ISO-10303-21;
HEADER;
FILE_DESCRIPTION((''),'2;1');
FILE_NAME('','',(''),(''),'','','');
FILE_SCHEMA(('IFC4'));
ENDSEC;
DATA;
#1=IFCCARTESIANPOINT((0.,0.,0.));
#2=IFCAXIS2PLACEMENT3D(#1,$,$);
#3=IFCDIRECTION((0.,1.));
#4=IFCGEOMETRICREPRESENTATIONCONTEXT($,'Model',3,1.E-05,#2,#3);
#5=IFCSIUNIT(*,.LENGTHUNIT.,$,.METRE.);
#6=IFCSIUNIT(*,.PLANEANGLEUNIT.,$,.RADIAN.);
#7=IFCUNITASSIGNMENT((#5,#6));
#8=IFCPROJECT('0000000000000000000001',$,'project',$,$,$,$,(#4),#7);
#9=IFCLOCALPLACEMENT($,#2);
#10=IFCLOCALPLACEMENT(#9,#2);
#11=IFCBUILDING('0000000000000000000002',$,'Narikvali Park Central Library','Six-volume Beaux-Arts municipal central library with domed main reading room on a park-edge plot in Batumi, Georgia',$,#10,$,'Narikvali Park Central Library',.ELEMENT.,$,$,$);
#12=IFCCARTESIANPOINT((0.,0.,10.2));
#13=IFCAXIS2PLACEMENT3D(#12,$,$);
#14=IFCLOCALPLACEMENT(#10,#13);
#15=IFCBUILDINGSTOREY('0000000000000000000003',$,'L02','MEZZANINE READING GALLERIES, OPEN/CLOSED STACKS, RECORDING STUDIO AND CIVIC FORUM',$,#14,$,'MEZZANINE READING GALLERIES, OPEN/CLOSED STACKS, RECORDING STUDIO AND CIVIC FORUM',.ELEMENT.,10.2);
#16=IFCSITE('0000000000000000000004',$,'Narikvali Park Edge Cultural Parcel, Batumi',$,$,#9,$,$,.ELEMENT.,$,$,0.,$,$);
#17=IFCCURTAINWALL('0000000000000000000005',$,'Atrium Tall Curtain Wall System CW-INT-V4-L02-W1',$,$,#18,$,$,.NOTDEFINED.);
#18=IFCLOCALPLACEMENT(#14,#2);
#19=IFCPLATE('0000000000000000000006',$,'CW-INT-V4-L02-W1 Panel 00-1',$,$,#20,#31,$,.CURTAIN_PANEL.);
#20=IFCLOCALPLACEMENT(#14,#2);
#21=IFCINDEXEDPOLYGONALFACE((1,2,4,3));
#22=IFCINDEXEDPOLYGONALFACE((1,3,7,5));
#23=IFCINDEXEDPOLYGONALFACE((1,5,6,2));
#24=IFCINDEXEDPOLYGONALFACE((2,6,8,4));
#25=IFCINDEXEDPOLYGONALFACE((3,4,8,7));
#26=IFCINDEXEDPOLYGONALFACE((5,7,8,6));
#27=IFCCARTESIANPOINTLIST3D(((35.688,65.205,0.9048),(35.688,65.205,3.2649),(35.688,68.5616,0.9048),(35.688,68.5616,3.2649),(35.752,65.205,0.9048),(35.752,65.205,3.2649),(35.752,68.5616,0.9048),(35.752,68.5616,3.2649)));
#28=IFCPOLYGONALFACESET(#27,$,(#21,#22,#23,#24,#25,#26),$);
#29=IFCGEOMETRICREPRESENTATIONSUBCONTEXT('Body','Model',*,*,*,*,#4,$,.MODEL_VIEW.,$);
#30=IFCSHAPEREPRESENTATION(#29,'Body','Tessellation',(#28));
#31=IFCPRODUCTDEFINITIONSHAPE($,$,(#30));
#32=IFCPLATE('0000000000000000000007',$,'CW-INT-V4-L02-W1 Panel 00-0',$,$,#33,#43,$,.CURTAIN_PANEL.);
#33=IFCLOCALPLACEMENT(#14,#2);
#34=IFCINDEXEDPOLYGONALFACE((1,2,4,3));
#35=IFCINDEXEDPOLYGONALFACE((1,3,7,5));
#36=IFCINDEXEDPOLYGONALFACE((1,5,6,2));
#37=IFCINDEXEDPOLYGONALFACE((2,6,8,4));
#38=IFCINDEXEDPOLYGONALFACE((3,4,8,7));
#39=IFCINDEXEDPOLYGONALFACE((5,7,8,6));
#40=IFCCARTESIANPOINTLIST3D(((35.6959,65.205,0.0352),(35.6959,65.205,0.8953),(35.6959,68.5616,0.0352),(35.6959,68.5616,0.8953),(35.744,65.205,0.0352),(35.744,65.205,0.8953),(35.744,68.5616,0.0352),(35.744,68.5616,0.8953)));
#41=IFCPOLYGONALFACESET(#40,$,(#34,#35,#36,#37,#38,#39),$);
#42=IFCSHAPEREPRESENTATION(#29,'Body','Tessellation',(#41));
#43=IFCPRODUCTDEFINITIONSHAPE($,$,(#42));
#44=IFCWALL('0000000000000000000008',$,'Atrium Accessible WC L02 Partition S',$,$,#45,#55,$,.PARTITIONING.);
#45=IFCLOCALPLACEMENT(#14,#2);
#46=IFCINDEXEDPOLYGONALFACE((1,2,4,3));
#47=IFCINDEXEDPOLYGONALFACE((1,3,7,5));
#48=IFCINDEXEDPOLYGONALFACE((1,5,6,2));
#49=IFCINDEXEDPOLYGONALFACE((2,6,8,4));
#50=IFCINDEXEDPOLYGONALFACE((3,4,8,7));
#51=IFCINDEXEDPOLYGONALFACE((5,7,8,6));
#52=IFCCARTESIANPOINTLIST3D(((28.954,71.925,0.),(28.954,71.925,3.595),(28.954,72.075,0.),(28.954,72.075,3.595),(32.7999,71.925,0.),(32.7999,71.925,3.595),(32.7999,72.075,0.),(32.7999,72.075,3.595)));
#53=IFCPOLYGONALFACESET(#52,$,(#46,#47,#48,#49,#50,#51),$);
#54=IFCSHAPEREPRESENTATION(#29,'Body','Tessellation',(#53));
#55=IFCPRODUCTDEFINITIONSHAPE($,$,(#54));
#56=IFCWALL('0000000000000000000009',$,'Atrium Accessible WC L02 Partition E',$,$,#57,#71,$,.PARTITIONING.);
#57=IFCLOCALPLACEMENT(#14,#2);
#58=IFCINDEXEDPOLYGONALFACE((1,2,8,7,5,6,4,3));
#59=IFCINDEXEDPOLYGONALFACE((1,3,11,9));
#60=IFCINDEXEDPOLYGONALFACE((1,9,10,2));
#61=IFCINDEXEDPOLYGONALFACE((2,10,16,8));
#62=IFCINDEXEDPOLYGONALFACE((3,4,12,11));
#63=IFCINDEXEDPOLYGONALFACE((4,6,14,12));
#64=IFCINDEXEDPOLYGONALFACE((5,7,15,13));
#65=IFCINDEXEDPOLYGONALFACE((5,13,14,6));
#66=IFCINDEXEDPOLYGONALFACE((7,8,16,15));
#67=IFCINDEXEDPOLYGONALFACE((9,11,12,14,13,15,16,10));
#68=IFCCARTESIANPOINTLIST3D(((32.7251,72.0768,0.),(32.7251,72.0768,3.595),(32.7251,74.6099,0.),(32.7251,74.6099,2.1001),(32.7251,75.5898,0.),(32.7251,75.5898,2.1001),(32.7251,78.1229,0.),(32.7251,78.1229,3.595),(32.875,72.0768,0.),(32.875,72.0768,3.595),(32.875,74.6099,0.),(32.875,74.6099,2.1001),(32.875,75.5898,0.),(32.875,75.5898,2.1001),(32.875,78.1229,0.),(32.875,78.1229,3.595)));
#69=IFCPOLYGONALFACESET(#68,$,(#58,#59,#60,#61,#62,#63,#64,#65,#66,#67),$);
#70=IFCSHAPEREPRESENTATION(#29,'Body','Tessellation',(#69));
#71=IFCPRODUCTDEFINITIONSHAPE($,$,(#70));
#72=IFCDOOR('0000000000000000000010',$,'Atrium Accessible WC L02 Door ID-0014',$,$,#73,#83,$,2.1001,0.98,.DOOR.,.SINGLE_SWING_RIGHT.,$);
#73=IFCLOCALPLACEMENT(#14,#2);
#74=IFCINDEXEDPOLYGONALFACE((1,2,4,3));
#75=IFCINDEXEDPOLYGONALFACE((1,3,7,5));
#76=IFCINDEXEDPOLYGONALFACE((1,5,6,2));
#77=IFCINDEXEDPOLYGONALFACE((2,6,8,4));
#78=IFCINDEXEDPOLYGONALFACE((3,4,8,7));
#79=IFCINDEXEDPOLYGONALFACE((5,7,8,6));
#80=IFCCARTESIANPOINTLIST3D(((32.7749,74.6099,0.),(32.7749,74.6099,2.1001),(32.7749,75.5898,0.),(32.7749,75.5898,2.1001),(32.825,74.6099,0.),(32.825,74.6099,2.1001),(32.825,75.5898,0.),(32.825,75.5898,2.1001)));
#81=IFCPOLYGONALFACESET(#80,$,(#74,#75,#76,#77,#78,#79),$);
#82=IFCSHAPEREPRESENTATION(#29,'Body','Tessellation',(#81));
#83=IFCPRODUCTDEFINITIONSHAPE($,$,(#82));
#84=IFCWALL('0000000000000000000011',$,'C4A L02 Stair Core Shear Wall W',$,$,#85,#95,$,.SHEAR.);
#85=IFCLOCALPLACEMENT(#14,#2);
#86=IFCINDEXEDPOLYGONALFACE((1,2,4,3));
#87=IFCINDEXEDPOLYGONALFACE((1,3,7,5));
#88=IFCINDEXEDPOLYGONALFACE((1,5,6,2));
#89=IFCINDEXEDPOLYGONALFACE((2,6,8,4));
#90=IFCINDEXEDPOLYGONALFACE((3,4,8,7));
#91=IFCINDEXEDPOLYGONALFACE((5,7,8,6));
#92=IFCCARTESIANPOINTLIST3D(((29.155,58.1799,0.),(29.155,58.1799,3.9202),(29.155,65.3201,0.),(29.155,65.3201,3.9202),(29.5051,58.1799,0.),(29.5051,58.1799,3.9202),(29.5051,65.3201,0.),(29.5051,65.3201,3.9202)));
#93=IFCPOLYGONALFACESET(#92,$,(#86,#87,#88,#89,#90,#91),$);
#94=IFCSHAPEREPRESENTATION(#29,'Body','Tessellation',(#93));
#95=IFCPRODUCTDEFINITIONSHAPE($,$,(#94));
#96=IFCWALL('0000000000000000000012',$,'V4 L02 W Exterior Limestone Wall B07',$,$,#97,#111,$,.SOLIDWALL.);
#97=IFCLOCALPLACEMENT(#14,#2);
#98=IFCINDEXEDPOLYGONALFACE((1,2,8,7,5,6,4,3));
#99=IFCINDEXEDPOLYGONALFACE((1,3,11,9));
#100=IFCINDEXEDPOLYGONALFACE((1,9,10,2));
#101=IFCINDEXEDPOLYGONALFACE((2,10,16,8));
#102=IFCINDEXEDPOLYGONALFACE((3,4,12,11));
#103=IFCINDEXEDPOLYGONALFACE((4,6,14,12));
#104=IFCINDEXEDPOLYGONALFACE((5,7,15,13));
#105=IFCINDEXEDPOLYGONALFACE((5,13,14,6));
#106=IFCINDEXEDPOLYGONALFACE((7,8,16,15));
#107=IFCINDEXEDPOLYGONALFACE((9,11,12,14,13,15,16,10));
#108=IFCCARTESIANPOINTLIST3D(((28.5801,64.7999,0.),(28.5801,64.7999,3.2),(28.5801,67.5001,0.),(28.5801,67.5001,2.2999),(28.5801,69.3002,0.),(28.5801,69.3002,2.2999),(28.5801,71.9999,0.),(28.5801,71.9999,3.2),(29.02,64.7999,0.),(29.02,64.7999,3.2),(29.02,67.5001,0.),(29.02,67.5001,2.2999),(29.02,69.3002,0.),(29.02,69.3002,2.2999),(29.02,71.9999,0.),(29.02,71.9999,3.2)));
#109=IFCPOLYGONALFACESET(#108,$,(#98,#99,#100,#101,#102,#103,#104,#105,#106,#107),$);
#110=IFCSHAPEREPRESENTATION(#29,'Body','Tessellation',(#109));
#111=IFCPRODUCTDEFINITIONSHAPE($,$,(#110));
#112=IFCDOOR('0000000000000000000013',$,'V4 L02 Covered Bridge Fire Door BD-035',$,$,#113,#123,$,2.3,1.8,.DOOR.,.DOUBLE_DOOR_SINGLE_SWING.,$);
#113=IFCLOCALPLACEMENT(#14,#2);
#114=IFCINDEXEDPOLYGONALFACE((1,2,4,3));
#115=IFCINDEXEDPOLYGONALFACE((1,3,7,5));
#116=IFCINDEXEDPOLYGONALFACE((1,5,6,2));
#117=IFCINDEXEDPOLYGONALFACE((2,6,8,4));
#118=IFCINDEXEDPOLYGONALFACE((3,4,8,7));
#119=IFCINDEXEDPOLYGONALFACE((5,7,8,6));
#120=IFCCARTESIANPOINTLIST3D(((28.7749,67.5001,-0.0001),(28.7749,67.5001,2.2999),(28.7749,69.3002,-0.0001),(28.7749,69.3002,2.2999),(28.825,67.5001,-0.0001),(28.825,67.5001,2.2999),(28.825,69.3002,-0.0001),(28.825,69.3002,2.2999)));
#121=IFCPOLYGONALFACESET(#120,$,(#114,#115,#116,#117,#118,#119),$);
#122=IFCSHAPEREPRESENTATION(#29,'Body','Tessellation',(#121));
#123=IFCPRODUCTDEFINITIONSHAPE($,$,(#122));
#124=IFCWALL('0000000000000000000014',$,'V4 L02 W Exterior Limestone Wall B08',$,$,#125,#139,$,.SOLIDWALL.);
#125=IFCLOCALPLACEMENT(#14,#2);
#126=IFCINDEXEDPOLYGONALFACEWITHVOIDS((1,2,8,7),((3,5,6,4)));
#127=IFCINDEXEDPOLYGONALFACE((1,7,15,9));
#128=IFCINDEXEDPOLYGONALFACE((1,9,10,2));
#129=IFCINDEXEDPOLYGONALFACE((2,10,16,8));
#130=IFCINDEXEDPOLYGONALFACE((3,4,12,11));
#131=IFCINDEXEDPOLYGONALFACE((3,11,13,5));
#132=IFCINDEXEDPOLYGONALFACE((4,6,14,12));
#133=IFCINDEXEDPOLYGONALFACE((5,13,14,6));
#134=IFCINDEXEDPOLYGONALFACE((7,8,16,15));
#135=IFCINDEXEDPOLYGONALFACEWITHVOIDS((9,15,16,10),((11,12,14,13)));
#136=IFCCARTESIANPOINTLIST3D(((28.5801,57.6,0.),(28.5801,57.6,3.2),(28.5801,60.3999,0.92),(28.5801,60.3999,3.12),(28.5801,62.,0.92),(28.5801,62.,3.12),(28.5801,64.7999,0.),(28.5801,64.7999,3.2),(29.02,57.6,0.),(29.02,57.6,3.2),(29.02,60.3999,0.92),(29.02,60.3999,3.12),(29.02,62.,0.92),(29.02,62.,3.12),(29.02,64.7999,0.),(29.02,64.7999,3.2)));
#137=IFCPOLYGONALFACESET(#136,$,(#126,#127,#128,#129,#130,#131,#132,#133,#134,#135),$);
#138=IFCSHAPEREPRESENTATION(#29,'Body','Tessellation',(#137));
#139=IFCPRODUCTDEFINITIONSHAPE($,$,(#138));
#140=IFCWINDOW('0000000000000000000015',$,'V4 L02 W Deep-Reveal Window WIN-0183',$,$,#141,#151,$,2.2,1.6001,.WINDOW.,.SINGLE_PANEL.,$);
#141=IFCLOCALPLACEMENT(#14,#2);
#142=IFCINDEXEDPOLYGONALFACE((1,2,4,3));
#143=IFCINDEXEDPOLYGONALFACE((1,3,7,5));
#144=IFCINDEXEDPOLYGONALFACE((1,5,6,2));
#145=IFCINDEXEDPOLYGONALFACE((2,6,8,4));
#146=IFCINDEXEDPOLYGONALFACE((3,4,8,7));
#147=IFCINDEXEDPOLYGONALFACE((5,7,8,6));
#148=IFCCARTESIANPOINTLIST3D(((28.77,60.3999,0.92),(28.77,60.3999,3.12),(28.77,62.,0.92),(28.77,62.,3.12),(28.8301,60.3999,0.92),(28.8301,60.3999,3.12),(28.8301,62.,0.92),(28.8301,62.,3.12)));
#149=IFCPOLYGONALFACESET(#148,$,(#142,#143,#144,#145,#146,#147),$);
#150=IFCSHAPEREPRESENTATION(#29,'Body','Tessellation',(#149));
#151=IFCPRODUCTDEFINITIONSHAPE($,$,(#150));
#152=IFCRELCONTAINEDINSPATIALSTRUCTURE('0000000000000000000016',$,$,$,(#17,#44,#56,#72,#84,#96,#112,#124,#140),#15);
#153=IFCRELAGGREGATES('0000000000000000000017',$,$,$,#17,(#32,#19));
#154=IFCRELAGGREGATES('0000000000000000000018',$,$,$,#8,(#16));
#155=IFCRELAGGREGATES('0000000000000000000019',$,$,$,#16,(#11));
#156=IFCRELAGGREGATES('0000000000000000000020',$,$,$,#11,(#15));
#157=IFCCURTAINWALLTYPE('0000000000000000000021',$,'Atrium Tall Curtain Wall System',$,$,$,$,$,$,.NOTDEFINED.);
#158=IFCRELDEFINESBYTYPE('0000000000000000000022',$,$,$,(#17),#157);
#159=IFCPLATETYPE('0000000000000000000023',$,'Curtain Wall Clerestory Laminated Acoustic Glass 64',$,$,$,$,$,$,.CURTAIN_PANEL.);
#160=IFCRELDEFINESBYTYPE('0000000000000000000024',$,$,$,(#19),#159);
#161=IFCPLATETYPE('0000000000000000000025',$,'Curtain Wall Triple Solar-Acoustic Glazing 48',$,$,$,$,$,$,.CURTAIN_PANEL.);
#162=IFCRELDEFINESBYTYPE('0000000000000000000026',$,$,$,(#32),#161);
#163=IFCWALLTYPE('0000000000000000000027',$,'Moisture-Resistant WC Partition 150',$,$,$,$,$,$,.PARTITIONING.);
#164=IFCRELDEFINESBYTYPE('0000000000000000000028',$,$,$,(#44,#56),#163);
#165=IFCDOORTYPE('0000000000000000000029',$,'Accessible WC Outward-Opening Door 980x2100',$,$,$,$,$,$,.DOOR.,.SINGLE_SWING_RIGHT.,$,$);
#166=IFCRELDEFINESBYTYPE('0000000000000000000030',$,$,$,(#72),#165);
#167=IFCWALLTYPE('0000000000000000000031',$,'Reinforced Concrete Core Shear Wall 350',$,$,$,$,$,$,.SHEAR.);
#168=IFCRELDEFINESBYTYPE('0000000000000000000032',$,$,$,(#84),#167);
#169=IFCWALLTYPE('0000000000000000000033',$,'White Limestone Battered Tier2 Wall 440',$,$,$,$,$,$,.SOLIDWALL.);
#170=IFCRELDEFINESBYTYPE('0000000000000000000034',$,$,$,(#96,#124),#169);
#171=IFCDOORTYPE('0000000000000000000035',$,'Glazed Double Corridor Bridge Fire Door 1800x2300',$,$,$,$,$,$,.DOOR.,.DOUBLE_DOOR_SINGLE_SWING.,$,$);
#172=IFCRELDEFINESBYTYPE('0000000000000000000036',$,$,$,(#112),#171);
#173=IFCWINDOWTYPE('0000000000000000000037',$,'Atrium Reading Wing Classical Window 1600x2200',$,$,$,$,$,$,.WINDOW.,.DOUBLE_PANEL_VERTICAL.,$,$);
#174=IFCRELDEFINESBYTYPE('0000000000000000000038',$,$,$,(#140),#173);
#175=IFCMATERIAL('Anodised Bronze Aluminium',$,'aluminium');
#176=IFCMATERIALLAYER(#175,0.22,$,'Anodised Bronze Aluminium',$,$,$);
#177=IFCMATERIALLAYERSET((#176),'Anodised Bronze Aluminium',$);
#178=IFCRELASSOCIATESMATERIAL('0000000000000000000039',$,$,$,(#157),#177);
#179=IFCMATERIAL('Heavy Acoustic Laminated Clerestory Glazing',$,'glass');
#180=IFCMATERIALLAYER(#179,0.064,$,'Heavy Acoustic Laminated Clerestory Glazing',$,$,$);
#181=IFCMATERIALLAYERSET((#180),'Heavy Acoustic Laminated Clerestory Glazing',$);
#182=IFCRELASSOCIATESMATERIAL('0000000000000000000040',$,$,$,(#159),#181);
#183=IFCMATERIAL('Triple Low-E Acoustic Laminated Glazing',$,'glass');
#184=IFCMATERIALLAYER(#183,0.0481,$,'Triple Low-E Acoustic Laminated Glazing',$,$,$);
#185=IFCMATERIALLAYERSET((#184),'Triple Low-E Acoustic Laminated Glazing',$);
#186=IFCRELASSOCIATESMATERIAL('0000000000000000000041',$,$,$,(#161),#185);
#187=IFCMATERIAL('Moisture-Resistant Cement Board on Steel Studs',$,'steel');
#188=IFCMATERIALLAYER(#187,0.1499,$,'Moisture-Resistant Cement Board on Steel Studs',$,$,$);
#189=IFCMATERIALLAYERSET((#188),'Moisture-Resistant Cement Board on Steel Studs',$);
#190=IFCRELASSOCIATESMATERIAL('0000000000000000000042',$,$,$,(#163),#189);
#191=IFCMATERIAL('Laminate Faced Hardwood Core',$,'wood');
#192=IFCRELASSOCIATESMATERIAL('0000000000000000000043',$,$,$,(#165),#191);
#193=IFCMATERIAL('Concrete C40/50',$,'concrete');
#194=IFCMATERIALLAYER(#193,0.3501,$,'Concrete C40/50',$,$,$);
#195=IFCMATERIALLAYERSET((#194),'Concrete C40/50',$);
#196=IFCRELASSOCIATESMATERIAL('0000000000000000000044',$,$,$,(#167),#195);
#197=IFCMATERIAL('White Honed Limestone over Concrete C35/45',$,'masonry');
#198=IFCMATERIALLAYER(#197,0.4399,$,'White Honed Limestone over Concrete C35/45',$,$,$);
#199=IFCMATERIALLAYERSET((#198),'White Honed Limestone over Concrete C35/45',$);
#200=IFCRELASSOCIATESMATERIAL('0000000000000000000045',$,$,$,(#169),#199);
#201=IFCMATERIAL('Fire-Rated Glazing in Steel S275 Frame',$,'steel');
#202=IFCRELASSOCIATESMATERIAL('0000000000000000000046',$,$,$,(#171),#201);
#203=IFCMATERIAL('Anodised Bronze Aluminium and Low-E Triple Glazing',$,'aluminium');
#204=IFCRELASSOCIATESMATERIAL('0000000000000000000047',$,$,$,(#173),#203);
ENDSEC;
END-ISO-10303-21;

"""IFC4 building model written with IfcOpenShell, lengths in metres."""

from ifc_helpers import new_model, si_unit, direction, frame, frame_2d, origin, origin_2d, place, context, subcontext, project, spatial, rectangle, extrude, material, layer, layer_set, type_object, element, fill, aggregate, save


model = new_model("IFC4")

# Units and contexts
model_context = context("Model", 3, precision=1e-05, world=origin(), true_north=direction((0.0, 1.0)))
body_context = subcontext(model_context, "Body", "Model", "MODEL_VIEW")
ifc_project = project(units=[si_unit("LENGTHUNIT", "METRE"), si_unit("PLANEANGLEUNIT", "RADIAN")], contexts=[model_context])

# Site, building, storey
site_placement = place(None, origin())
site = spatial("IfcSite", under=ifc_project, at=site_placement, Name="Narikvali Park Edge Cultural Parcel, Batumi", CompositionType="ELEMENT", RefElevation=0.0)
building_placement = place(site_placement, origin())
building = spatial("IfcBuilding", under=site, at=building_placement, Name="Narikvali Park Central Library", Description="Six-volume Beaux-Arts municipal central library with domed main reading room on a park-edge plot in Batumi, Georgia", LongName="Narikvali Park Central Library", CompositionType="ELEMENT")
storey_placement = place(building_placement, frame((0.0, 0.0, 10.2)))
storey = spatial("IfcBuildingStorey", under=building, at=storey_placement, Name="L02", Description="MEZZANINE READING GALLERIES, OPEN/CLOSED STACKS, RECORDING STUDIO AND CIVIC FORUM", LongName="MEZZANINE READING GALLERIES, OPEN/CLOSED STACKS, RECORDING STUDIO AND CIVIC FORUM", CompositionType="ELEMENT", Elevation=10.2)

# Curtain wall
ifc_material_1 = material(Name="Anodised Bronze Aluminium", Category="aluminium")
ifc_layer_1 = layer(ifc_material_1, 0.22, Name="Anodised Bronze Aluminium")
ifc_layer_set_1 = layer_set([ifc_layer_1], Name="Anodised Bronze Aluminium")
curtain_wall_type = type_object("IfcCurtainWallType", Name="Atrium Tall Curtain Wall System", PredefinedType="NOTDEFINED", material=ifc_layer_set_1)
curtain_wall_placement = place(storey_placement, origin())
curtain_wall = element("IfcCurtainWall", 1, at=curtain_wall_placement, inside=storey, type_object=curtain_wall_type, Name="Atrium Tall Curtain Wall System CW-INT-V4-L02-W1", PredefinedType="NOTDEFINED")

# Plates
ifc_material_2 = material(Name="Heavy Acoustic Laminated Clerestory Glazing", Category="glass")
ifc_layer_2 = layer(ifc_material_2, 0.064, Name="Heavy Acoustic Laminated Clerestory Glazing")
ifc_layer_set_2 = layer_set([ifc_layer_2], Name="Heavy Acoustic Laminated Clerestory Glazing")
plate_type_1 = type_object("IfcPlateType", Name="Curtain Wall Clerestory Laminated Acoustic Glass 64", PredefinedType="CURTAIN_PANEL", material=ifc_layer_set_2)
plate_1_placement = place(storey_placement, frame((35.72, 66.8833, 0.9048), z_axis=(0.0, 0.0, 1.0), x_axis=(0.0, 1.0, 0.0)))
plate_1 = element("IfcPlate", 2, at=plate_1_placement, type_object=plate_type_1, Name="CW-INT-V4-L02-W1 Panel 00-1", PredefinedType="CURTAIN_PANEL", context=body_context, shape_type="SweptSolid", body=[
    extrude(rectangle(XDim=3.3567, YDim=0.064, at=origin_2d()), origin(), (0.0, 0.0, 1.0), 2.3601),
])
ifc_material_3 = material(Name="Triple Low-E Acoustic Laminated Glazing", Category="glass")
ifc_layer_3 = layer(ifc_material_3, 0.0481, Name="Triple Low-E Acoustic Laminated Glazing")
ifc_layer_set_3 = layer_set([ifc_layer_3], Name="Triple Low-E Acoustic Laminated Glazing")
plate_type_2 = type_object("IfcPlateType", Name="Curtain Wall Triple Solar-Acoustic Glazing 48", PredefinedType="CURTAIN_PANEL", material=ifc_layer_set_3)
plate_2_placement = place(storey_placement, frame((35.72, 66.8833, 0.0352), z_axis=(0.0, 0.0, 1.0), x_axis=(0.0, 1.0, 0.0)))
plate_2 = element("IfcPlate", 3, at=plate_2_placement, type_object=plate_type_2, Name="CW-INT-V4-L02-W1 Panel 00-0", PredefinedType="CURTAIN_PANEL", context=body_context, shape_type="SweptSolid", body=[
    extrude(rectangle(XDim=3.3567, YDim=0.0481, at=origin_2d()), origin(), (0.0, 0.0, 1.0), 0.8601),
])
aggregate(curtain_wall, [plate_2, plate_1])

# Wall
ifc_material_4 = material(Name="Moisture-Resistant Cement Board on Steel Studs", Category="steel")
ifc_layer_4 = layer(ifc_material_4, 0.1499, Name="Moisture-Resistant Cement Board on Steel Studs")
ifc_layer_set_4 = layer_set([ifc_layer_4], Name="Moisture-Resistant Cement Board on Steel Studs")
wall_type_1 = type_object("IfcWallType", Name="Moisture-Resistant WC Partition 150", PredefinedType="PARTITIONING", material=ifc_layer_set_4)
wall_1_placement = place(storey_placement, frame((28.9541, 72.0, 0.0), z_axis=(0.0, 0.0, 1.0), x_axis=(1.0, 0.0, 0.0)))
element("IfcWall", 4, at=wall_1_placement, inside=storey, type_object=wall_type_1, Name="Atrium Accessible WC L02 Partition S", PredefinedType="PARTITIONING", context=body_context, shape_type="SweptSolid", body=[
    extrude(rectangle(XDim=3.8459, YDim=0.1499, at=frame_2d((1.9229, 0.0))), origin(), (0.0, 0.0, 1.0), 3.595),
])

# Wall, opening, door
wall_2_placement = place(storey_placement, frame((32.8, 72.0769, 0.0), z_axis=(0.0, 0.0, 1.0), x_axis=(0.0, 1.0, 0.0)))
wall_2 = element("IfcWall", 5, at=wall_2_placement, inside=storey, type_object=wall_type_1, Name="Atrium Accessible WC L02 Partition E", PredefinedType="PARTITIONING", context=body_context, shape_type="SweptSolid", body=[
    extrude(rectangle(XDim=6.0461, YDim=0.1499, at=frame_2d((3.0229, 0.0))), origin(), (0.0, 0.0, 1.0), 3.595),
])
opening_1_placement = place(wall_2_placement, frame((2.533, 0.0, 0.0)))
opening_1 = element("IfcOpeningElement", 6, at=opening_1_placement, cuts=wall_2, PredefinedType="OPENING", context=body_context, shape_type="SweptSolid", body=[
    extrude(rectangle(XDim=0.98, YDim=2.1001, at=frame_2d((0.49, 1.05))), frame((0.0, 0.0869, 0.0), z_axis=(0.0, -1.0, 0.0), x_axis=(1.0, 0.0, 0.0)), (0.0, 0.0, 1.0), 0.1738),
])
ifc_material_5 = material(Name="Laminate Faced Hardwood Core", Category="wood")
door_type_1 = type_object("IfcDoorType", Name="Accessible WC Outward-Opening Door 980x2100", OperationType="SINGLE_SWING_RIGHT", PredefinedType="DOOR", material=ifc_material_5)
door_1_placement = place(opening_1_placement, frame((0.98, 0.0, 0.0), z_axis=(0.0, 0.0, 1.0), x_axis=(-1.0, 0.0, 0.0)))
door_1 = element("IfcDoor", 7, at=door_1_placement, inside=storey, type_object=door_type_1, Name="Atrium Accessible WC L02 Door ID-0014", OperationType="SINGLE_SWING_RIGHT", OverallHeight=2.1001, OverallWidth=0.98, PredefinedType="DOOR", context=body_context, shape_type="SweptSolid", body=[
    extrude(rectangle(XDim=0.98, YDim=2.1001, at=frame_2d((0.49, 1.05))), frame((0.0, 0.0249, 0.0), z_axis=(0.0, -1.0, 0.0), x_axis=(1.0, 0.0, 0.0)), (0.0, 0.0, 1.0), 0.05),
])
fill(opening_1, door_1)
ifc_material_6 = material(Name="Concrete C40/50", Category="concrete")
ifc_layer_5 = layer(ifc_material_6, 0.3501, Name="Concrete C40/50")
ifc_layer_set_5 = layer_set([ifc_layer_5], Name="Concrete C40/50")
wall_type_2 = type_object("IfcWallType", Name="Reinforced Concrete Core Shear Wall 350", PredefinedType="SHEAR", material=ifc_layer_set_5)

# Wall
wall_3_placement = place(storey_placement, frame((29.3301, 65.3201, 0.0), z_axis=(0.0, 0.0, 1.0), x_axis=(0.0, -1.0, 0.0)))
element("IfcWall", 8, at=wall_3_placement, inside=storey, type_object=wall_type_2, Name="C4A L02 Stair Core Shear Wall W", PredefinedType="SHEAR", context=body_context, shape_type="SweptSolid", body=[
    extrude(rectangle(XDim=7.1401, YDim=0.3501, at=frame_2d((3.5701, 0.0))), origin(), (0.0, 0.0, 1.0), 3.9202),
])

# Wall, opening, door
ifc_material_7 = material(Name="White Honed Limestone over Concrete C35/45", Category="masonry")
ifc_layer_6 = layer(ifc_material_7, 0.4399, Name="White Honed Limestone over Concrete C35/45")
ifc_layer_set_6 = layer_set([ifc_layer_6], Name="White Honed Limestone over Concrete C35/45")
wall_type_3 = type_object("IfcWallType", Name="White Limestone Battered Tier2 Wall 440", PredefinedType="SOLIDWALL", material=ifc_layer_set_6)
wall_4_placement = place(storey_placement, frame((28.8, 72.0, 0.0), z_axis=(0.0, 0.0, 1.0), x_axis=(0.0, -1.0, 0.0)))
wall_4 = element("IfcWall", 9, at=wall_4_placement, inside=storey, type_object=wall_type_3, Name="V4 L02 W Exterior Limestone Wall B07", PredefinedType="SOLIDWALL", context=body_context, shape_type="SweptSolid", body=[
    extrude(rectangle(XDim=7.2, YDim=0.4399, at=frame_2d((3.6001, 0.0))), origin(), (0.0, 0.0, 1.0), 3.2),
])
opening_2_placement = place(wall_4_placement, frame((2.7, 0.0, 0.0)))
opening_2 = element("IfcOpeningElement", 10, at=opening_2_placement, cuts=wall_4, PredefinedType="OPENING", context=body_context, shape_type="SweptSolid", body=[
    extrude(rectangle(XDim=1.8, YDim=2.3, at=frame_2d((0.8999, 1.1499))), frame((0.0, 0.2319, 0.0), z_axis=(0.0, -1.0, 0.0), x_axis=(1.0, 0.0, 0.0)), (0.0, 0.0, 1.0), 0.4639),
])
ifc_material_8 = material(Name="Fire-Rated Glazing in Steel S275 Frame", Category="steel")
door_type_2 = type_object("IfcDoorType", Name="Glazed Double Corridor Bridge Fire Door 1800x2300", OperationType="DOUBLE_DOOR_SINGLE_SWING", PredefinedType="DOOR", material=ifc_material_8)
door_2_placement = place(opening_2_placement, origin())
door_2 = element("IfcDoor", 11, at=door_2_placement, inside=storey, type_object=door_type_2, Name="V4 L02 Covered Bridge Fire Door BD-035", OperationType="DOUBLE_DOOR_SINGLE_SWING", OverallHeight=2.3, OverallWidth=1.8, PredefinedType="DOOR", context=body_context, shape_type="SweptSolid", body=[
    extrude(rectangle(XDim=1.8, YDim=2.3, at=frame_2d((0.8999, 1.1499))), frame((0.0, 0.0249, 0.0), z_axis=(0.0, -1.0, 0.0), x_axis=(1.0, 0.0, 0.0)), (0.0, 0.0, 1.0), 0.05),
])
fill(opening_2, door_2)

# Wall, opening, window
wall_5_placement = place(storey_placement, frame((28.8, 64.8, 0.0), z_axis=(0.0, 0.0, 1.0), x_axis=(0.0, -1.0, 0.0)))
wall_5 = element("IfcWall", 12, at=wall_5_placement, inside=storey, type_object=wall_type_3, Name="V4 L02 W Exterior Limestone Wall B08", PredefinedType="SOLIDWALL", context=body_context, shape_type="SweptSolid", body=[
    extrude(rectangle(XDim=7.2, YDim=0.4399, at=frame_2d((3.6001, 0.0))), origin(), (0.0, 0.0, 1.0), 3.2),
])
opening_3_placement = place(wall_5_placement, frame((2.8, 0.0, 0.9199)))
opening_3 = element("IfcOpeningElement", 13, at=opening_3_placement, cuts=wall_5, PredefinedType="OPENING", context=body_context, shape_type="SweptSolid", body=[
    extrude(rectangle(XDim=1.6001, YDim=2.2, at=frame_2d((0.8, 1.1001))), frame((0.0, 0.2319, 0.0), z_axis=(0.0, -1.0, 0.0), x_axis=(1.0, 0.0, 0.0)), (0.0, 0.0, 1.0), 0.4639),
])
ifc_material_9 = material(Name="Anodised Bronze Aluminium and Low-E Triple Glazing", Category="aluminium")
window_type = type_object("IfcWindowType", Name="Atrium Reading Wing Classical Window 1600x2200", PartitioningType="DOUBLE_PANEL_VERTICAL", PredefinedType="WINDOW", material=ifc_material_9)
window_placement = place(opening_3_placement, origin())
window = element("IfcWindow", 14, at=window_placement, inside=storey, type_object=window_type, Name="V4 L02 W Deep-Reveal Window WIN-0183", OverallHeight=2.2, OverallWidth=1.6001, PartitioningType="SINGLE_PANEL", PredefinedType="WINDOW", context=body_context, shape_type="SweptSolid", body=[
    extrude(rectangle(XDim=1.6001, YDim=2.2, at=frame_2d((0.8, 1.1001))), frame((0.0, 0.03, 0.0), z_axis=(0.0, -1.0, 0.0), x_axis=(1.0, 0.0, 0.0)), (0.0, 0.0, 1.0), 0.0601),
])
fill(opening_3, window)

save(model, "model.ifc")
